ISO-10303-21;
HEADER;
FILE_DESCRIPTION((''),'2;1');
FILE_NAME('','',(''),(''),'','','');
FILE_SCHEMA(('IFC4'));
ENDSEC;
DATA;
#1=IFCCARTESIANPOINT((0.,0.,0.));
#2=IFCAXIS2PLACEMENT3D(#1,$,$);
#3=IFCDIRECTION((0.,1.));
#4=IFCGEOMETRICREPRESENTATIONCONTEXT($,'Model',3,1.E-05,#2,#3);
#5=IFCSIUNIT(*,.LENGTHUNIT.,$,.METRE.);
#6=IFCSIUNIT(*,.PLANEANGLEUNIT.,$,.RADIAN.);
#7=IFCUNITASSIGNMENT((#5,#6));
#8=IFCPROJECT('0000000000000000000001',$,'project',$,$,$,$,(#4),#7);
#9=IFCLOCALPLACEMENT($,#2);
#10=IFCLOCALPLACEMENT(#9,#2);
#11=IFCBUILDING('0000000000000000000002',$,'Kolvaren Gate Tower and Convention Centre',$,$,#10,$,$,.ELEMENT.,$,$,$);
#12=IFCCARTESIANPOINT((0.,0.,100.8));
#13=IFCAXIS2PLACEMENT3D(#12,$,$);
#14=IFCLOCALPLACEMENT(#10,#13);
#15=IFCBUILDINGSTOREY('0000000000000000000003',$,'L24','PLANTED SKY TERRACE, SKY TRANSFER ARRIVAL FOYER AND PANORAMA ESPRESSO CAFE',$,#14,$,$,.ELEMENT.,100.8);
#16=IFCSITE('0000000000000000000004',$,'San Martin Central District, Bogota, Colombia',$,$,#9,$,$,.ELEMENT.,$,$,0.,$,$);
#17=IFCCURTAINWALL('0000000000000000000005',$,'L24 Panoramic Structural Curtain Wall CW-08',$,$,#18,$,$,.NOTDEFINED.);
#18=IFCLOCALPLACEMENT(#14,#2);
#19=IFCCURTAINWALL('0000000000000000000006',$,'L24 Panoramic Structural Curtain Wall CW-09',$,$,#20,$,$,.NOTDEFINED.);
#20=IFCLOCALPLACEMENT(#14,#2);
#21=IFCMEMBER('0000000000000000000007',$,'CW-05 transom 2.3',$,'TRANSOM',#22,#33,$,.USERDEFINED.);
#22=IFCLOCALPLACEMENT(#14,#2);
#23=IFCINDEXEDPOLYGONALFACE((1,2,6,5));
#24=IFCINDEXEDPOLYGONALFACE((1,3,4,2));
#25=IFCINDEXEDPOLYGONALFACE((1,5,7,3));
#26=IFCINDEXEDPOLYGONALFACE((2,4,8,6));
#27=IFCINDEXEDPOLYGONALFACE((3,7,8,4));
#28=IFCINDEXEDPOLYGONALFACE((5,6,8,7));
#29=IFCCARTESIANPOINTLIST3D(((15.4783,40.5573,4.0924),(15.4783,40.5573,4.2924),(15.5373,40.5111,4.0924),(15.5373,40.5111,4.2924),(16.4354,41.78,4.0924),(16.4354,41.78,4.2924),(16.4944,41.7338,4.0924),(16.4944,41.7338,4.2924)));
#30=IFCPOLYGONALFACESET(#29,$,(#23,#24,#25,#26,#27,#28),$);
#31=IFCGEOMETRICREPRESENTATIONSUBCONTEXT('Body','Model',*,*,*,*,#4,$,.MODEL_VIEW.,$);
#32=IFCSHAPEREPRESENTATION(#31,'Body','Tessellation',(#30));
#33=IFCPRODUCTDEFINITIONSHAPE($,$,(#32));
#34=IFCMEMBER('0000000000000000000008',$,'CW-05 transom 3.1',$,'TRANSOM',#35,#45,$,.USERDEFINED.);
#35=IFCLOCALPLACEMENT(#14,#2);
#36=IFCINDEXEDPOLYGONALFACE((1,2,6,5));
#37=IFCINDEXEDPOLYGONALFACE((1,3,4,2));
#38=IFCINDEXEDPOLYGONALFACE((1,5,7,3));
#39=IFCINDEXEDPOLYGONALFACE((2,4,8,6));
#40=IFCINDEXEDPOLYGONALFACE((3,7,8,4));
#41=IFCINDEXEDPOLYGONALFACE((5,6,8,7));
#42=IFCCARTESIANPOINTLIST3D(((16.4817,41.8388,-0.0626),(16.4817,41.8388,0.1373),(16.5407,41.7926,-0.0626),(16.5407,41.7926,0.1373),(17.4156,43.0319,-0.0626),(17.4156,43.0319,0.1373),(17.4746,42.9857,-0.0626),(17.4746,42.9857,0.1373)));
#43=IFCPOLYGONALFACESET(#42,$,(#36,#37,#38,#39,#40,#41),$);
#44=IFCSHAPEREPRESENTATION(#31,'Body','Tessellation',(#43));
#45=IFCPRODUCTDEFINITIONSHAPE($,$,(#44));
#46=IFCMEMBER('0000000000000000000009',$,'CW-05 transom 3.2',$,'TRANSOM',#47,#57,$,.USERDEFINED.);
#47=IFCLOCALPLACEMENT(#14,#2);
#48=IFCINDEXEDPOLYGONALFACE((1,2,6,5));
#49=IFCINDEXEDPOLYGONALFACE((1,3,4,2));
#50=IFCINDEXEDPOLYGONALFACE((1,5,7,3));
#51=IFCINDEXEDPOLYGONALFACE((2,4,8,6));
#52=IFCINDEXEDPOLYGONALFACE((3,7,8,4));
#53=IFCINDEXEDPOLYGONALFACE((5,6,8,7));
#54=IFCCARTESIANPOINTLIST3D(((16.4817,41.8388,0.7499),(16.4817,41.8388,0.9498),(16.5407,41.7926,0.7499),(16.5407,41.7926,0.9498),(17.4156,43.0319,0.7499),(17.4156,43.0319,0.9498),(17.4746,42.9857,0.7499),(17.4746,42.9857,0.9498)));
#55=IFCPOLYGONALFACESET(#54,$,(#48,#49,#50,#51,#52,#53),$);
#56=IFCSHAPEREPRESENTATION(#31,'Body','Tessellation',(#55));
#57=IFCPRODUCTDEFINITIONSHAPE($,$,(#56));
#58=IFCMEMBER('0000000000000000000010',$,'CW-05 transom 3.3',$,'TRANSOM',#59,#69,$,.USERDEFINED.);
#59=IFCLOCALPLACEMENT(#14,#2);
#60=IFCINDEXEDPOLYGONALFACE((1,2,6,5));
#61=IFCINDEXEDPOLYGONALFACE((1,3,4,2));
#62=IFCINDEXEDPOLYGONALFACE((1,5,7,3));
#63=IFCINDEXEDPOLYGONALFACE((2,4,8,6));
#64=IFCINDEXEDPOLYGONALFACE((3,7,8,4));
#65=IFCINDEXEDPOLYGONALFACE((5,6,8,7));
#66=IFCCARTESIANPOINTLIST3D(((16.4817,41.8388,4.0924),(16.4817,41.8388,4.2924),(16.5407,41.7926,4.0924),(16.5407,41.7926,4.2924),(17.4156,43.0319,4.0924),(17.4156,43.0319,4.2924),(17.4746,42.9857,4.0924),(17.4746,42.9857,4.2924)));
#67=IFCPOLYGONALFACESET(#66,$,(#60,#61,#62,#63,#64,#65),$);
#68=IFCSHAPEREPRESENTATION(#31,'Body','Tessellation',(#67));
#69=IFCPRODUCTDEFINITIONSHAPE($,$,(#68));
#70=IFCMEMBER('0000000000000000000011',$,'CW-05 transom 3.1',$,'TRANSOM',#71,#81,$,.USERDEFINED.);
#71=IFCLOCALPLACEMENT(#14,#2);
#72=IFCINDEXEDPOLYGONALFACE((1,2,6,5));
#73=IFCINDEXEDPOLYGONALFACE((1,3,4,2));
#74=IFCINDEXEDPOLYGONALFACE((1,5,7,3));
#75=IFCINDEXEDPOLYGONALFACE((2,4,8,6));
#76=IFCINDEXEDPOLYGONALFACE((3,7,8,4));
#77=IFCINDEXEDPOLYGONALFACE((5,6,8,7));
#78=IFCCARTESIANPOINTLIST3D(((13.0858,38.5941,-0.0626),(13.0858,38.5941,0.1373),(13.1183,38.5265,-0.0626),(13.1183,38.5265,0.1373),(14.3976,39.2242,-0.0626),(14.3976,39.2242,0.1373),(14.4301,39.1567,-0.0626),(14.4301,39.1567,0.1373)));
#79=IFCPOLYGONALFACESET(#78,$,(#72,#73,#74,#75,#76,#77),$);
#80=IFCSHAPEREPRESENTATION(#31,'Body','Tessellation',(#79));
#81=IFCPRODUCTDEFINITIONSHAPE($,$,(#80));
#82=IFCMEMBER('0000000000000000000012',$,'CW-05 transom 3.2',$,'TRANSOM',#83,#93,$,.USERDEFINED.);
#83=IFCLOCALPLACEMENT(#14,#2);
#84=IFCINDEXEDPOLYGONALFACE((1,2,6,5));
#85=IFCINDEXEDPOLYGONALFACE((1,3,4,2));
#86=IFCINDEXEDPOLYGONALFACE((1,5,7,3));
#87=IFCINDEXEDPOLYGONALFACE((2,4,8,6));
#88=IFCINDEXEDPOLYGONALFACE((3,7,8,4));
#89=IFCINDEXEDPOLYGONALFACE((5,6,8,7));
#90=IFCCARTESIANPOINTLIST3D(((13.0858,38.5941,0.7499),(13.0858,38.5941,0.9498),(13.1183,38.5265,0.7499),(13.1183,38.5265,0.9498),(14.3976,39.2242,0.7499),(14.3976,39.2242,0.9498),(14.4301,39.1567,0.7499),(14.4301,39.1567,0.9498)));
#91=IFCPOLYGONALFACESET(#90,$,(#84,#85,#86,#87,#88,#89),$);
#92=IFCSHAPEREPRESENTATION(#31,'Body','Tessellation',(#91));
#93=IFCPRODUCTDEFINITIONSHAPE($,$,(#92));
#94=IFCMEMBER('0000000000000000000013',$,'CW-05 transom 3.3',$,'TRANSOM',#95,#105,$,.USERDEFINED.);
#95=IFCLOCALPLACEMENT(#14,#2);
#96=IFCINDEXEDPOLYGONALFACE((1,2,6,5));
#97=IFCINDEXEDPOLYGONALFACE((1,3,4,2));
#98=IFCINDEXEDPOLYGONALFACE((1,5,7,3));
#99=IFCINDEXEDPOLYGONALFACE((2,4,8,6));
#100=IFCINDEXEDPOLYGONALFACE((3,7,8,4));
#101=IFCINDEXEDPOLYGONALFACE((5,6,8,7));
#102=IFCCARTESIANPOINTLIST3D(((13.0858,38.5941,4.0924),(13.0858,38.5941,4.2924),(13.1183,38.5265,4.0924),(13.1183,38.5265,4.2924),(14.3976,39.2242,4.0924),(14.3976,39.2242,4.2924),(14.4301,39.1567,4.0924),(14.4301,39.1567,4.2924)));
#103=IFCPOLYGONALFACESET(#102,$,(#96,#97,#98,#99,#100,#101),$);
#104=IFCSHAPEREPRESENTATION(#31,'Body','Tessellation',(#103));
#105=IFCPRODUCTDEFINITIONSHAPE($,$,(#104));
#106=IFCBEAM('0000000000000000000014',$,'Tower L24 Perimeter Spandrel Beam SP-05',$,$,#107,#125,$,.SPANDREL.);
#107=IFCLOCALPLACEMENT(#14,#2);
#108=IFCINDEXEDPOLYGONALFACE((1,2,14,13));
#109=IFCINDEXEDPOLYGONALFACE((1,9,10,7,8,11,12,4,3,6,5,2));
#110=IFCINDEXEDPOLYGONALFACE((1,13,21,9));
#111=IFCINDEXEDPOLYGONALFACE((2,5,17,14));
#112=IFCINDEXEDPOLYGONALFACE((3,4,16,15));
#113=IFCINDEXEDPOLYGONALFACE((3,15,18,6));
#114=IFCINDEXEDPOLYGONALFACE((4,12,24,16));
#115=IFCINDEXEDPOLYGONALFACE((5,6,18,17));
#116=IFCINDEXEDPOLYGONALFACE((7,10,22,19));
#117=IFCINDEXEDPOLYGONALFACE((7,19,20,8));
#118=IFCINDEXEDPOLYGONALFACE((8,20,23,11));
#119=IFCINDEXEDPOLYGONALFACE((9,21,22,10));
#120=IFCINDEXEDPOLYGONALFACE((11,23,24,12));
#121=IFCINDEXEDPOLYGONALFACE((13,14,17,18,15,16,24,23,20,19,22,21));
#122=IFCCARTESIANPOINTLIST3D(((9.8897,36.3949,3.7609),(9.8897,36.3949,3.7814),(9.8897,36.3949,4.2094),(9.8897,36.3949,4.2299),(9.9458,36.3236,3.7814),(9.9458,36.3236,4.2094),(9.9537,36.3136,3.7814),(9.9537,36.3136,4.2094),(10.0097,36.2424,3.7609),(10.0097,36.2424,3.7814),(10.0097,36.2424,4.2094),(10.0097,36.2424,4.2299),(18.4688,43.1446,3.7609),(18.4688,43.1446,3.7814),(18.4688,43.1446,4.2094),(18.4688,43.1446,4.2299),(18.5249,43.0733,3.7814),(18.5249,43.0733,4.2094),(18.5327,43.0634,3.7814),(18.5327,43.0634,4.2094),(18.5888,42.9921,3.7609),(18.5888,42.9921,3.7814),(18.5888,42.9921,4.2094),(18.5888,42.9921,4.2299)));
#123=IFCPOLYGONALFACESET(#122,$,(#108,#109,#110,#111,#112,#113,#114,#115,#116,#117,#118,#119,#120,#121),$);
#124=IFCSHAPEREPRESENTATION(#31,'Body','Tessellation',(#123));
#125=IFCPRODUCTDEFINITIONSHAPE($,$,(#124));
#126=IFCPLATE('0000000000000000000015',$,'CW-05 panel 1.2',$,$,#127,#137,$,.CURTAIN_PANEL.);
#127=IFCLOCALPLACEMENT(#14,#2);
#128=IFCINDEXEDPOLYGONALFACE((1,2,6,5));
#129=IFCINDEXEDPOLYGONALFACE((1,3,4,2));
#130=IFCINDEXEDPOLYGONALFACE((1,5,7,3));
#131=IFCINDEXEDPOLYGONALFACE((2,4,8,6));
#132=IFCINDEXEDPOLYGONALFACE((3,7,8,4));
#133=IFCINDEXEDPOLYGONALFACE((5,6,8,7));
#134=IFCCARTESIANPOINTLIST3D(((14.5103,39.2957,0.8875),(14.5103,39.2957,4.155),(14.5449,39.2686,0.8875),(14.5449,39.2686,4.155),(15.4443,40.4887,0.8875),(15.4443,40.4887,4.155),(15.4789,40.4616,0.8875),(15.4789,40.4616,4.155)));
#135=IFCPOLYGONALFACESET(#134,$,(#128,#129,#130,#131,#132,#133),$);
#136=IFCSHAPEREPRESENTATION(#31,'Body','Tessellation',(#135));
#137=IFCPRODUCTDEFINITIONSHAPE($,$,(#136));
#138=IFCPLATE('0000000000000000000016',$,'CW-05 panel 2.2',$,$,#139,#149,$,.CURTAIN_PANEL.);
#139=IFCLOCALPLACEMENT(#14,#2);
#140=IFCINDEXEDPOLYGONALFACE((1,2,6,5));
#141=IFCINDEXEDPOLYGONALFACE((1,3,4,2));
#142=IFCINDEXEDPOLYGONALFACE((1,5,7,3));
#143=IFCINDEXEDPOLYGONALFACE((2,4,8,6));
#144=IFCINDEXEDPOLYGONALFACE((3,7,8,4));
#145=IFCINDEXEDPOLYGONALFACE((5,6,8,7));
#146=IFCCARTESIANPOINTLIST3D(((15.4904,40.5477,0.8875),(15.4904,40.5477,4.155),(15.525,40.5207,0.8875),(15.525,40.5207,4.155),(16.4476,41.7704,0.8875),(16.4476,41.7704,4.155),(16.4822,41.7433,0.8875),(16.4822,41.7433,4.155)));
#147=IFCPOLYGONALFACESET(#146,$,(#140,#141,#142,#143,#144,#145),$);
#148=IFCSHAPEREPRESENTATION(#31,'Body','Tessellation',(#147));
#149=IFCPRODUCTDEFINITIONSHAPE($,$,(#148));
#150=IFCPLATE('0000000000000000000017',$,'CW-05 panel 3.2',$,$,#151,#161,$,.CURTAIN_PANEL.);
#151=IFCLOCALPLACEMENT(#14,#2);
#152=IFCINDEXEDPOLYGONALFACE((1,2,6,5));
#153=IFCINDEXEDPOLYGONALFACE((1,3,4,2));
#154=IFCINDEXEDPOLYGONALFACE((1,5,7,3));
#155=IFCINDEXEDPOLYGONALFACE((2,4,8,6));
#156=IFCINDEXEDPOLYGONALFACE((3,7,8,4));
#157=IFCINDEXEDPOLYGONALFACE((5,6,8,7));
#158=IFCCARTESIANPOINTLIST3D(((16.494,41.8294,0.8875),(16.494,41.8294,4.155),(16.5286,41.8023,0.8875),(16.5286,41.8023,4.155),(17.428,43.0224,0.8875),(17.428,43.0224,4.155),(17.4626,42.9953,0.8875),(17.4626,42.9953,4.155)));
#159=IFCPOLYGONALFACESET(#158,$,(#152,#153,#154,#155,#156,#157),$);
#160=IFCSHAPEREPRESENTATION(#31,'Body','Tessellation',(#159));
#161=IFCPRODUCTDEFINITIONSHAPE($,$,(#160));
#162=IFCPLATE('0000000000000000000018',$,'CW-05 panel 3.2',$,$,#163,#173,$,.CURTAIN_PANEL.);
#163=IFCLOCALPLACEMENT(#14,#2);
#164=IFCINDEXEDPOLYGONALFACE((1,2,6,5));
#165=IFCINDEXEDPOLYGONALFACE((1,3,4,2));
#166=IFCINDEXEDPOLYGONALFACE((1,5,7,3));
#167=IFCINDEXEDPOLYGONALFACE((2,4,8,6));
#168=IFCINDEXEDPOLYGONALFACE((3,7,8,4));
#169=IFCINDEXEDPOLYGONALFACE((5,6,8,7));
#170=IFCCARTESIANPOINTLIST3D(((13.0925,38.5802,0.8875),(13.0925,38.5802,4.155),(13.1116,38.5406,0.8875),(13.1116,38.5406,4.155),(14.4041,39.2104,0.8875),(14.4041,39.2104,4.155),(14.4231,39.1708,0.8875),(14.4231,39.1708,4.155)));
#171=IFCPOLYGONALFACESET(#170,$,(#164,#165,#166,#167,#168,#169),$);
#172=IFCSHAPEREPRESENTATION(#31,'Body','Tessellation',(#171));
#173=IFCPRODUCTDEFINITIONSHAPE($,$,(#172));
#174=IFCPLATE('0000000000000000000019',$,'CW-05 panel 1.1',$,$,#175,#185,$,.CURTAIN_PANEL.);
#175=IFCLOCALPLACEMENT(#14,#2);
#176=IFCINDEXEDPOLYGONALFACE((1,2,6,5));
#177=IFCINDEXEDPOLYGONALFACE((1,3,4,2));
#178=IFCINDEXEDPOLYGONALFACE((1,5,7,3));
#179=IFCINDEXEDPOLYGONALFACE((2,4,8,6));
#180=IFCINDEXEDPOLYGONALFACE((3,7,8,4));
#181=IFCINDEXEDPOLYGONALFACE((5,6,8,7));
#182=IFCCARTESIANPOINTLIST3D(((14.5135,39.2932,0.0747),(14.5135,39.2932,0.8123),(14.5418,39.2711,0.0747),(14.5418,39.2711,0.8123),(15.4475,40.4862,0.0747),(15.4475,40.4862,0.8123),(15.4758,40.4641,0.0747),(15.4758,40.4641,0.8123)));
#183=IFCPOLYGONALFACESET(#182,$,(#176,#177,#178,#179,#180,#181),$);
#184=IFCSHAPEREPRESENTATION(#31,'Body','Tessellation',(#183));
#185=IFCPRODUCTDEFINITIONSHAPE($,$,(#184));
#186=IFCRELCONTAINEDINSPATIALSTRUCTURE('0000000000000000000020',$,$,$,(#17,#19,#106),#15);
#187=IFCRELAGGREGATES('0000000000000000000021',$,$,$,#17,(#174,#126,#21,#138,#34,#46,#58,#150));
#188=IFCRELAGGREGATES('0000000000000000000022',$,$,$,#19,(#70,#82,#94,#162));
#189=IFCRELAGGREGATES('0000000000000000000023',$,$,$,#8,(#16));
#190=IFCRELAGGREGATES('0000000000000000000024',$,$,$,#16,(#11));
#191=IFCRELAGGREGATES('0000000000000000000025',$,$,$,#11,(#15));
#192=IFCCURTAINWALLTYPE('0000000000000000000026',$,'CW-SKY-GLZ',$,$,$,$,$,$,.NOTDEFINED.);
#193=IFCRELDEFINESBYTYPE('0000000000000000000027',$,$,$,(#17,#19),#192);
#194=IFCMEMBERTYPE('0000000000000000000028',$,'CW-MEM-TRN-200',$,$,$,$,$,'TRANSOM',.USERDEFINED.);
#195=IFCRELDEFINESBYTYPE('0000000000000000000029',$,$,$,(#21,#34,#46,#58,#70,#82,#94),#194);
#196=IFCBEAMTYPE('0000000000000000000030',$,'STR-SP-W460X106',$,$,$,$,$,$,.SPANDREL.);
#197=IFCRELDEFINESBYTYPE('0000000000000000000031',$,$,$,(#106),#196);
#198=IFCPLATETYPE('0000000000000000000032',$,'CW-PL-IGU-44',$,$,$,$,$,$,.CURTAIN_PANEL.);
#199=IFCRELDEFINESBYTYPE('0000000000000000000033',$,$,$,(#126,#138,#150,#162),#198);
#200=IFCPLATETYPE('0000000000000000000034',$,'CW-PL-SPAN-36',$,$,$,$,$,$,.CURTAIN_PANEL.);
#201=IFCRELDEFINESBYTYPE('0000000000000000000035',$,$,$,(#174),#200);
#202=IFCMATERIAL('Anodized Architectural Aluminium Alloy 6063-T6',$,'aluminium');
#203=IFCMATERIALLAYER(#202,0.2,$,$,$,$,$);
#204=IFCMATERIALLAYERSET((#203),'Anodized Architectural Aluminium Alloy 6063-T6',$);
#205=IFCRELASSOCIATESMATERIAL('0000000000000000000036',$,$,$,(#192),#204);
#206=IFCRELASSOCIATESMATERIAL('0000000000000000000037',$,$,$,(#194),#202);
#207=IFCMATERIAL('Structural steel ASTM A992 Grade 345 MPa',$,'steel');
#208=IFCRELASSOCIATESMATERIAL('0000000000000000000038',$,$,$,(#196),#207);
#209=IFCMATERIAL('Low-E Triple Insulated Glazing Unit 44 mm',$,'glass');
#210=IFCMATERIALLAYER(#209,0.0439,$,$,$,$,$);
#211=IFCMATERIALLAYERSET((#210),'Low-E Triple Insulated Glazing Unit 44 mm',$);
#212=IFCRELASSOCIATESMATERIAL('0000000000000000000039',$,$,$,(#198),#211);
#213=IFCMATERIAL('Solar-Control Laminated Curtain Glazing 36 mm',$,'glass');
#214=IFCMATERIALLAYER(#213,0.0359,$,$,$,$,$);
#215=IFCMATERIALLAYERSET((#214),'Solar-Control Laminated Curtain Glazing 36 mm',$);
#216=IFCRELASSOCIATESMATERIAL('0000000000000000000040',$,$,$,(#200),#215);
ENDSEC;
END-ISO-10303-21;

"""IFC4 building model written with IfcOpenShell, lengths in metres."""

from ifc_helpers import new_model, si_unit, direction, frame, origin, origin_2d, place, context, subcontext, project, spatial, rectangle, i_section, extrude, material, layer, layer_set, material_profile, profile_set, type_object, element, aggregate, save


model = new_model("IFC4")

# Units and contexts
model_context = context("Model", 3, precision=1e-05, world=origin(), true_north=direction((0.0, 1.0)))
body_context = subcontext(model_context, "Body", "Model", "MODEL_VIEW")
ifc_project = project(units=[si_unit("LENGTHUNIT", "METRE"), si_unit("PLANEANGLEUNIT", "RADIAN")], contexts=[model_context])

# Site, building, storey
site_placement = place(None, origin())
site = spatial("IfcSite", under=ifc_project, at=site_placement, Name="San Martin Central District, Bogota, Colombia", CompositionType="ELEMENT", RefElevation=0.0)
building_placement = place(site_placement, origin())
building = spatial("IfcBuilding", under=site, at=building_placement, Name="Kolvaren Gate Tower and Convention Centre", CompositionType="ELEMENT")
storey_placement = place(building_placement, frame((0.0, 0.0, 100.8)))
storey = spatial("IfcBuildingStorey", under=building, at=storey_placement, Name="L24", Description="PLANTED SKY TERRACE, SKY TRANSFER ARRIVAL FOYER AND PANORAMA ESPRESSO CAFE", CompositionType="ELEMENT", Elevation=100.8)

# Shared definitions
ifc_material_1 = material(Name="Anodized Architectural Aluminium Alloy 6063-T6", Category="aluminium")
ifc_layer_1 = layer(ifc_material_1, 0.2)
ifc_layer_set_1 = layer_set([ifc_layer_1], Name="Anodized Architectural Aluminium Alloy 6063-T6")
curtain_wall_type = type_object("IfcCurtainWallType", Name="CW-SKY-GLZ", PredefinedType="NOTDEFINED", material=ifc_layer_set_1)

# Curtain wall
curtain_wall_1_placement = place(storey_placement, origin())
curtain_wall_1 = element("IfcCurtainWall", 1, at=curtain_wall_1_placement, inside=storey, type_object=curtain_wall_type, Name="L24 Panoramic Structural Curtain Wall CW-08", PredefinedType="NOTDEFINED")

# Curtain wall
curtain_wall_2_placement = place(storey_placement, origin())
curtain_wall_2 = element("IfcCurtainWall", 2, at=curtain_wall_2_placement, inside=storey, type_object=curtain_wall_type, Name="L24 Panoramic Structural Curtain Wall CW-09", PredefinedType="NOTDEFINED")

# Members
ifc_material_profile_1 = material_profile(ifc_material_1, rectangle(XDim=0.075, YDim=0.2, at=origin_2d()), Name="CW-MEM-TRN-200")
ifc_profile_set_1 = profile_set([ifc_material_profile_1], Name="Anodized Architectural Aluminium Alloy 6063-T6")
member_type_1 = type_object("IfcMemberType", Name="CW-MEM-TRN-200", ElementType="TRANSOM", PredefinedType="USERDEFINED", material=ifc_profile_set_1)
member_1_placement = place(storey_placement, frame((15.5078, 40.5342, 4.1924), z_axis=(0.616376, 0.787452, 0.0), x_axis=(-0.787452, 0.616376, 0.0)))
member_1 = element("IfcMember", 3, at=member_1_placement, type_object=member_type_1, Name="CW-05 transom 2.3", ObjectType="TRANSOM", PredefinedType="USERDEFINED", context=body_context, shape_type="SweptSolid", body=[
    extrude(rectangle(XDim=0.075, YDim=0.2, at=origin_2d()), origin(), (0.0, 0.0, 1.0), 1.5527),
])
member_2_placement = place(storey_placement, frame((16.5112, 41.8157, 0.0374), z_axis=(0.616347, 0.787474, 0.0), x_axis=(-0.787474, 0.616347, 0.0)))
member_2 = element("IfcMember", 4, at=member_2_placement, type_object=member_type_1, Name="CW-05 transom 3.1", ObjectType="TRANSOM", PredefinedType="USERDEFINED", context=body_context, shape_type="SweptSolid", body=[
    extrude(rectangle(XDim=0.075, YDim=0.2, at=origin_2d()), origin(), (0.0, 0.0, 1.0), 1.5151),
])
member_3_placement = place(storey_placement, frame((16.5112, 41.8157, 0.8499), z_axis=(0.616347, 0.787474, 0.0), x_axis=(-0.787474, 0.616347, 0.0)))
member_3 = element("IfcMember", 5, at=member_3_placement, type_object=member_type_1, Name="CW-05 transom 3.2", ObjectType="TRANSOM", PredefinedType="USERDEFINED", context=body_context, shape_type="SweptSolid", body=[
    extrude(rectangle(XDim=0.075, YDim=0.2, at=origin_2d()), origin(), (0.0, 0.0, 1.0), 1.5151),
])
member_4_placement = place(storey_placement, frame((16.5112, 41.8157, 4.1924), z_axis=(0.616347, 0.787474, 0.0), x_axis=(-0.787474, 0.616347, 0.0)))
member_4 = element("IfcMember", 6, at=member_4_placement, type_object=member_type_1, Name="CW-05 transom 3.3", ObjectType="TRANSOM", PredefinedType="USERDEFINED", context=body_context, shape_type="SweptSolid", body=[
    extrude(rectangle(XDim=0.075, YDim=0.2, at=origin_2d()), origin(), (0.0, 0.0, 1.0), 1.5151),
])
member_5_placement = place(storey_placement, frame((13.1021, 38.5603, 0.0374), z_axis=(0.901395, 0.432998, 0.0), x_axis=(-0.432998, 0.901395, 0.0)))
member_5 = element("IfcMember", 7, at=member_5_placement, type_object=member_type_1, Name="CW-05 transom 3.1", ObjectType="TRANSOM", PredefinedType="USERDEFINED", context=body_context, shape_type="SweptSolid", body=[
    extrude(rectangle(XDim=0.075, YDim=0.2, at=origin_2d()), origin(), (0.0, 0.0, 1.0), 1.4553),
])
member_6_placement = place(storey_placement, frame((13.1021, 38.5603, 0.8499), z_axis=(0.901395, 0.432998, 0.0), x_axis=(-0.432998, 0.901395, 0.0)))
member_6 = element("IfcMember", 8, at=member_6_placement, type_object=member_type_1, Name="CW-05 transom 3.2", ObjectType="TRANSOM", PredefinedType="USERDEFINED", context=body_context, shape_type="SweptSolid", body=[
    extrude(rectangle(XDim=0.075, YDim=0.2, at=origin_2d()), origin(), (0.0, 0.0, 1.0), 1.4553),
])
member_7_placement = place(storey_placement, frame((13.1021, 38.5603, 4.1924), z_axis=(0.901395, 0.432998, 0.0), x_axis=(-0.432998, 0.901395, 0.0)))
member_7 = element("IfcMember", 9, at=member_7_placement, type_object=member_type_1, Name="CW-05 transom 3.3", ObjectType="TRANSOM", PredefinedType="USERDEFINED", context=body_context, shape_type="SweptSolid", body=[
    extrude(rectangle(XDim=0.075, YDim=0.2, at=origin_2d()), origin(), (0.0, 0.0, 1.0), 1.4553),
])

# Beam
ifc_material_2 = material(Name="Structural steel ASTM A992 Grade 345 MPa", Category="steel")
ifc_material_profile_2 = material_profile(ifc_material_2, i_section(OverallWidth=0.1941, OverallDepth=0.469, WebThickness=0.0127, FlangeThickness=0.0205, at=origin_2d()), Name="W460X106")
ifc_profile_set_2 = profile_set([ifc_material_profile_2], Name="Structural steel ASTM A992 Grade 345 MPa")
beam_type = type_object("IfcBeamType", Name="STR-SP-W460X106", PredefinedType="SPANDREL", material=ifc_profile_set_2)
beam_placement = place(storey_placement, frame((18.5288, 43.0684, 3.9954), z_axis=(-0.785916, -0.618333, 0.0), x_axis=(0.618333, -0.785916, 0.0)))
element("IfcBeam", 10, at=beam_placement, inside=storey, type_object=beam_type, Name="Tower L24 Perimeter Spandrel Beam SP-05", PredefinedType="SPANDREL", context=body_context, shape_type="SweptSolid", body=[
    extrude(i_section(OverallWidth=0.1941, OverallDepth=0.469, WebThickness=0.0127, FlangeThickness=0.0205, at=origin_2d()), origin(), (0.0, 0.0, 1.0), 10.916),
])

# Plates
ifc_material_3 = material(Name="Low-E Triple Insulated Glazing Unit 44 mm", Category="glass")
ifc_layer_2 = layer(ifc_material_3, 0.0439)
ifc_layer_set_2 = layer_set([ifc_layer_2], Name="Low-E Triple Insulated Glazing Unit 44 mm")
plate_type_1 = type_object("IfcPlateType", Name="CW-PL-IGU-44", PredefinedType="CURTAIN_PANEL", material=ifc_layer_set_2)
plate_1_placement = place(storey_placement, frame((14.9946, 39.8787, 0.8875), z_axis=(0.0, 0.0, 1.0), x_axis=(0.616441, 0.787401, 0.0)))
plate_1 = element("IfcPlate", 11, at=plate_1_placement, type_object=plate_type_1, Name="CW-05 panel 1.2", PredefinedType="CURTAIN_PANEL", context=body_context, shape_type="SweptSolid", body=[
    extrude(rectangle(XDim=1.5151, YDim=0.0439, at=origin_2d()), origin(), (0.0, 0.0, 1.0), 3.2676),
])
plate_2_placement = place(storey_placement, frame((15.9863, 41.1455, 0.8875), z_axis=(0.0, 0.0, 1.0), x_axis=(0.616441, 0.787401, 0.0)))
plate_2 = element("IfcPlate", 12, at=plate_2_placement, type_object=plate_type_1, Name="CW-05 panel 2.2", PredefinedType="CURTAIN_PANEL", context=body_context, shape_type="SweptSolid", body=[
    extrude(rectangle(XDim=1.5527, YDim=0.0439, at=origin_2d()), origin(), (0.0, 0.0, 1.0), 3.2676),
])
plate_3_placement = place(storey_placement, frame((16.9783, 42.4124, 0.8875), z_axis=(0.0, 0.0, 1.0), x_axis=(0.616441, 0.787401, 0.0)))
plate_3 = element("IfcPlate", 13, at=plate_3_placement, type_object=plate_type_1, Name="CW-05 panel 3.2", PredefinedType="CURTAIN_PANEL", context=body_context, shape_type="SweptSolid", body=[
    extrude(rectangle(XDim=1.5151, YDim=0.0439, at=origin_2d()), origin(), (0.0, 0.0, 1.0), 3.2676),
])
plate_4_placement = place(storey_placement, frame((13.7578, 38.8755, 0.8875), z_axis=(0.0, 0.0, 1.0), x_axis=(0.901359, 0.433073, 0.0)))
plate_4 = element("IfcPlate", 14, at=plate_4_placement, type_object=plate_type_1, Name="CW-05 panel 3.2", PredefinedType="CURTAIN_PANEL", context=body_context, shape_type="SweptSolid", body=[
    extrude(rectangle(XDim=1.4551, YDim=0.0439, at=origin_2d()), origin(), (0.0, 0.0, 1.0), 3.2676),
])
ifc_material_4 = material(Name="Solar-Control Laminated Curtain Glazing 36 mm", Category="glass")
ifc_layer_3 = layer(ifc_material_4, 0.0359)
ifc_layer_set_3 = layer_set([ifc_layer_3], Name="Solar-Control Laminated Curtain Glazing 36 mm")
plate_type_2 = type_object("IfcPlateType", Name="CW-PL-SPAN-36", PredefinedType="CURTAIN_PANEL", material=ifc_layer_set_3)
plate_5_placement = place(storey_placement, frame((14.9946, 39.8787, 0.0747), z_axis=(0.0, 0.0, 1.0), x_axis=(0.616441, 0.787401, 0.0)))
plate_5 = element("IfcPlate", 15, at=plate_5_placement, type_object=plate_type_2, Name="CW-05 panel 1.1", PredefinedType="CURTAIN_PANEL", context=body_context, shape_type="SweptSolid", body=[
    extrude(rectangle(XDim=1.5151, YDim=0.0359, at=origin_2d()), origin(), (0.0, 0.0, 1.0), 0.7375),
])
aggregate(curtain_wall_1, [plate_5, plate_1, member_1, plate_2, member_2, member_3, member_4, plate_3])
aggregate(curtain_wall_2, [member_5, member_6, member_7, plate_4])

save(model, "model.ifc")
